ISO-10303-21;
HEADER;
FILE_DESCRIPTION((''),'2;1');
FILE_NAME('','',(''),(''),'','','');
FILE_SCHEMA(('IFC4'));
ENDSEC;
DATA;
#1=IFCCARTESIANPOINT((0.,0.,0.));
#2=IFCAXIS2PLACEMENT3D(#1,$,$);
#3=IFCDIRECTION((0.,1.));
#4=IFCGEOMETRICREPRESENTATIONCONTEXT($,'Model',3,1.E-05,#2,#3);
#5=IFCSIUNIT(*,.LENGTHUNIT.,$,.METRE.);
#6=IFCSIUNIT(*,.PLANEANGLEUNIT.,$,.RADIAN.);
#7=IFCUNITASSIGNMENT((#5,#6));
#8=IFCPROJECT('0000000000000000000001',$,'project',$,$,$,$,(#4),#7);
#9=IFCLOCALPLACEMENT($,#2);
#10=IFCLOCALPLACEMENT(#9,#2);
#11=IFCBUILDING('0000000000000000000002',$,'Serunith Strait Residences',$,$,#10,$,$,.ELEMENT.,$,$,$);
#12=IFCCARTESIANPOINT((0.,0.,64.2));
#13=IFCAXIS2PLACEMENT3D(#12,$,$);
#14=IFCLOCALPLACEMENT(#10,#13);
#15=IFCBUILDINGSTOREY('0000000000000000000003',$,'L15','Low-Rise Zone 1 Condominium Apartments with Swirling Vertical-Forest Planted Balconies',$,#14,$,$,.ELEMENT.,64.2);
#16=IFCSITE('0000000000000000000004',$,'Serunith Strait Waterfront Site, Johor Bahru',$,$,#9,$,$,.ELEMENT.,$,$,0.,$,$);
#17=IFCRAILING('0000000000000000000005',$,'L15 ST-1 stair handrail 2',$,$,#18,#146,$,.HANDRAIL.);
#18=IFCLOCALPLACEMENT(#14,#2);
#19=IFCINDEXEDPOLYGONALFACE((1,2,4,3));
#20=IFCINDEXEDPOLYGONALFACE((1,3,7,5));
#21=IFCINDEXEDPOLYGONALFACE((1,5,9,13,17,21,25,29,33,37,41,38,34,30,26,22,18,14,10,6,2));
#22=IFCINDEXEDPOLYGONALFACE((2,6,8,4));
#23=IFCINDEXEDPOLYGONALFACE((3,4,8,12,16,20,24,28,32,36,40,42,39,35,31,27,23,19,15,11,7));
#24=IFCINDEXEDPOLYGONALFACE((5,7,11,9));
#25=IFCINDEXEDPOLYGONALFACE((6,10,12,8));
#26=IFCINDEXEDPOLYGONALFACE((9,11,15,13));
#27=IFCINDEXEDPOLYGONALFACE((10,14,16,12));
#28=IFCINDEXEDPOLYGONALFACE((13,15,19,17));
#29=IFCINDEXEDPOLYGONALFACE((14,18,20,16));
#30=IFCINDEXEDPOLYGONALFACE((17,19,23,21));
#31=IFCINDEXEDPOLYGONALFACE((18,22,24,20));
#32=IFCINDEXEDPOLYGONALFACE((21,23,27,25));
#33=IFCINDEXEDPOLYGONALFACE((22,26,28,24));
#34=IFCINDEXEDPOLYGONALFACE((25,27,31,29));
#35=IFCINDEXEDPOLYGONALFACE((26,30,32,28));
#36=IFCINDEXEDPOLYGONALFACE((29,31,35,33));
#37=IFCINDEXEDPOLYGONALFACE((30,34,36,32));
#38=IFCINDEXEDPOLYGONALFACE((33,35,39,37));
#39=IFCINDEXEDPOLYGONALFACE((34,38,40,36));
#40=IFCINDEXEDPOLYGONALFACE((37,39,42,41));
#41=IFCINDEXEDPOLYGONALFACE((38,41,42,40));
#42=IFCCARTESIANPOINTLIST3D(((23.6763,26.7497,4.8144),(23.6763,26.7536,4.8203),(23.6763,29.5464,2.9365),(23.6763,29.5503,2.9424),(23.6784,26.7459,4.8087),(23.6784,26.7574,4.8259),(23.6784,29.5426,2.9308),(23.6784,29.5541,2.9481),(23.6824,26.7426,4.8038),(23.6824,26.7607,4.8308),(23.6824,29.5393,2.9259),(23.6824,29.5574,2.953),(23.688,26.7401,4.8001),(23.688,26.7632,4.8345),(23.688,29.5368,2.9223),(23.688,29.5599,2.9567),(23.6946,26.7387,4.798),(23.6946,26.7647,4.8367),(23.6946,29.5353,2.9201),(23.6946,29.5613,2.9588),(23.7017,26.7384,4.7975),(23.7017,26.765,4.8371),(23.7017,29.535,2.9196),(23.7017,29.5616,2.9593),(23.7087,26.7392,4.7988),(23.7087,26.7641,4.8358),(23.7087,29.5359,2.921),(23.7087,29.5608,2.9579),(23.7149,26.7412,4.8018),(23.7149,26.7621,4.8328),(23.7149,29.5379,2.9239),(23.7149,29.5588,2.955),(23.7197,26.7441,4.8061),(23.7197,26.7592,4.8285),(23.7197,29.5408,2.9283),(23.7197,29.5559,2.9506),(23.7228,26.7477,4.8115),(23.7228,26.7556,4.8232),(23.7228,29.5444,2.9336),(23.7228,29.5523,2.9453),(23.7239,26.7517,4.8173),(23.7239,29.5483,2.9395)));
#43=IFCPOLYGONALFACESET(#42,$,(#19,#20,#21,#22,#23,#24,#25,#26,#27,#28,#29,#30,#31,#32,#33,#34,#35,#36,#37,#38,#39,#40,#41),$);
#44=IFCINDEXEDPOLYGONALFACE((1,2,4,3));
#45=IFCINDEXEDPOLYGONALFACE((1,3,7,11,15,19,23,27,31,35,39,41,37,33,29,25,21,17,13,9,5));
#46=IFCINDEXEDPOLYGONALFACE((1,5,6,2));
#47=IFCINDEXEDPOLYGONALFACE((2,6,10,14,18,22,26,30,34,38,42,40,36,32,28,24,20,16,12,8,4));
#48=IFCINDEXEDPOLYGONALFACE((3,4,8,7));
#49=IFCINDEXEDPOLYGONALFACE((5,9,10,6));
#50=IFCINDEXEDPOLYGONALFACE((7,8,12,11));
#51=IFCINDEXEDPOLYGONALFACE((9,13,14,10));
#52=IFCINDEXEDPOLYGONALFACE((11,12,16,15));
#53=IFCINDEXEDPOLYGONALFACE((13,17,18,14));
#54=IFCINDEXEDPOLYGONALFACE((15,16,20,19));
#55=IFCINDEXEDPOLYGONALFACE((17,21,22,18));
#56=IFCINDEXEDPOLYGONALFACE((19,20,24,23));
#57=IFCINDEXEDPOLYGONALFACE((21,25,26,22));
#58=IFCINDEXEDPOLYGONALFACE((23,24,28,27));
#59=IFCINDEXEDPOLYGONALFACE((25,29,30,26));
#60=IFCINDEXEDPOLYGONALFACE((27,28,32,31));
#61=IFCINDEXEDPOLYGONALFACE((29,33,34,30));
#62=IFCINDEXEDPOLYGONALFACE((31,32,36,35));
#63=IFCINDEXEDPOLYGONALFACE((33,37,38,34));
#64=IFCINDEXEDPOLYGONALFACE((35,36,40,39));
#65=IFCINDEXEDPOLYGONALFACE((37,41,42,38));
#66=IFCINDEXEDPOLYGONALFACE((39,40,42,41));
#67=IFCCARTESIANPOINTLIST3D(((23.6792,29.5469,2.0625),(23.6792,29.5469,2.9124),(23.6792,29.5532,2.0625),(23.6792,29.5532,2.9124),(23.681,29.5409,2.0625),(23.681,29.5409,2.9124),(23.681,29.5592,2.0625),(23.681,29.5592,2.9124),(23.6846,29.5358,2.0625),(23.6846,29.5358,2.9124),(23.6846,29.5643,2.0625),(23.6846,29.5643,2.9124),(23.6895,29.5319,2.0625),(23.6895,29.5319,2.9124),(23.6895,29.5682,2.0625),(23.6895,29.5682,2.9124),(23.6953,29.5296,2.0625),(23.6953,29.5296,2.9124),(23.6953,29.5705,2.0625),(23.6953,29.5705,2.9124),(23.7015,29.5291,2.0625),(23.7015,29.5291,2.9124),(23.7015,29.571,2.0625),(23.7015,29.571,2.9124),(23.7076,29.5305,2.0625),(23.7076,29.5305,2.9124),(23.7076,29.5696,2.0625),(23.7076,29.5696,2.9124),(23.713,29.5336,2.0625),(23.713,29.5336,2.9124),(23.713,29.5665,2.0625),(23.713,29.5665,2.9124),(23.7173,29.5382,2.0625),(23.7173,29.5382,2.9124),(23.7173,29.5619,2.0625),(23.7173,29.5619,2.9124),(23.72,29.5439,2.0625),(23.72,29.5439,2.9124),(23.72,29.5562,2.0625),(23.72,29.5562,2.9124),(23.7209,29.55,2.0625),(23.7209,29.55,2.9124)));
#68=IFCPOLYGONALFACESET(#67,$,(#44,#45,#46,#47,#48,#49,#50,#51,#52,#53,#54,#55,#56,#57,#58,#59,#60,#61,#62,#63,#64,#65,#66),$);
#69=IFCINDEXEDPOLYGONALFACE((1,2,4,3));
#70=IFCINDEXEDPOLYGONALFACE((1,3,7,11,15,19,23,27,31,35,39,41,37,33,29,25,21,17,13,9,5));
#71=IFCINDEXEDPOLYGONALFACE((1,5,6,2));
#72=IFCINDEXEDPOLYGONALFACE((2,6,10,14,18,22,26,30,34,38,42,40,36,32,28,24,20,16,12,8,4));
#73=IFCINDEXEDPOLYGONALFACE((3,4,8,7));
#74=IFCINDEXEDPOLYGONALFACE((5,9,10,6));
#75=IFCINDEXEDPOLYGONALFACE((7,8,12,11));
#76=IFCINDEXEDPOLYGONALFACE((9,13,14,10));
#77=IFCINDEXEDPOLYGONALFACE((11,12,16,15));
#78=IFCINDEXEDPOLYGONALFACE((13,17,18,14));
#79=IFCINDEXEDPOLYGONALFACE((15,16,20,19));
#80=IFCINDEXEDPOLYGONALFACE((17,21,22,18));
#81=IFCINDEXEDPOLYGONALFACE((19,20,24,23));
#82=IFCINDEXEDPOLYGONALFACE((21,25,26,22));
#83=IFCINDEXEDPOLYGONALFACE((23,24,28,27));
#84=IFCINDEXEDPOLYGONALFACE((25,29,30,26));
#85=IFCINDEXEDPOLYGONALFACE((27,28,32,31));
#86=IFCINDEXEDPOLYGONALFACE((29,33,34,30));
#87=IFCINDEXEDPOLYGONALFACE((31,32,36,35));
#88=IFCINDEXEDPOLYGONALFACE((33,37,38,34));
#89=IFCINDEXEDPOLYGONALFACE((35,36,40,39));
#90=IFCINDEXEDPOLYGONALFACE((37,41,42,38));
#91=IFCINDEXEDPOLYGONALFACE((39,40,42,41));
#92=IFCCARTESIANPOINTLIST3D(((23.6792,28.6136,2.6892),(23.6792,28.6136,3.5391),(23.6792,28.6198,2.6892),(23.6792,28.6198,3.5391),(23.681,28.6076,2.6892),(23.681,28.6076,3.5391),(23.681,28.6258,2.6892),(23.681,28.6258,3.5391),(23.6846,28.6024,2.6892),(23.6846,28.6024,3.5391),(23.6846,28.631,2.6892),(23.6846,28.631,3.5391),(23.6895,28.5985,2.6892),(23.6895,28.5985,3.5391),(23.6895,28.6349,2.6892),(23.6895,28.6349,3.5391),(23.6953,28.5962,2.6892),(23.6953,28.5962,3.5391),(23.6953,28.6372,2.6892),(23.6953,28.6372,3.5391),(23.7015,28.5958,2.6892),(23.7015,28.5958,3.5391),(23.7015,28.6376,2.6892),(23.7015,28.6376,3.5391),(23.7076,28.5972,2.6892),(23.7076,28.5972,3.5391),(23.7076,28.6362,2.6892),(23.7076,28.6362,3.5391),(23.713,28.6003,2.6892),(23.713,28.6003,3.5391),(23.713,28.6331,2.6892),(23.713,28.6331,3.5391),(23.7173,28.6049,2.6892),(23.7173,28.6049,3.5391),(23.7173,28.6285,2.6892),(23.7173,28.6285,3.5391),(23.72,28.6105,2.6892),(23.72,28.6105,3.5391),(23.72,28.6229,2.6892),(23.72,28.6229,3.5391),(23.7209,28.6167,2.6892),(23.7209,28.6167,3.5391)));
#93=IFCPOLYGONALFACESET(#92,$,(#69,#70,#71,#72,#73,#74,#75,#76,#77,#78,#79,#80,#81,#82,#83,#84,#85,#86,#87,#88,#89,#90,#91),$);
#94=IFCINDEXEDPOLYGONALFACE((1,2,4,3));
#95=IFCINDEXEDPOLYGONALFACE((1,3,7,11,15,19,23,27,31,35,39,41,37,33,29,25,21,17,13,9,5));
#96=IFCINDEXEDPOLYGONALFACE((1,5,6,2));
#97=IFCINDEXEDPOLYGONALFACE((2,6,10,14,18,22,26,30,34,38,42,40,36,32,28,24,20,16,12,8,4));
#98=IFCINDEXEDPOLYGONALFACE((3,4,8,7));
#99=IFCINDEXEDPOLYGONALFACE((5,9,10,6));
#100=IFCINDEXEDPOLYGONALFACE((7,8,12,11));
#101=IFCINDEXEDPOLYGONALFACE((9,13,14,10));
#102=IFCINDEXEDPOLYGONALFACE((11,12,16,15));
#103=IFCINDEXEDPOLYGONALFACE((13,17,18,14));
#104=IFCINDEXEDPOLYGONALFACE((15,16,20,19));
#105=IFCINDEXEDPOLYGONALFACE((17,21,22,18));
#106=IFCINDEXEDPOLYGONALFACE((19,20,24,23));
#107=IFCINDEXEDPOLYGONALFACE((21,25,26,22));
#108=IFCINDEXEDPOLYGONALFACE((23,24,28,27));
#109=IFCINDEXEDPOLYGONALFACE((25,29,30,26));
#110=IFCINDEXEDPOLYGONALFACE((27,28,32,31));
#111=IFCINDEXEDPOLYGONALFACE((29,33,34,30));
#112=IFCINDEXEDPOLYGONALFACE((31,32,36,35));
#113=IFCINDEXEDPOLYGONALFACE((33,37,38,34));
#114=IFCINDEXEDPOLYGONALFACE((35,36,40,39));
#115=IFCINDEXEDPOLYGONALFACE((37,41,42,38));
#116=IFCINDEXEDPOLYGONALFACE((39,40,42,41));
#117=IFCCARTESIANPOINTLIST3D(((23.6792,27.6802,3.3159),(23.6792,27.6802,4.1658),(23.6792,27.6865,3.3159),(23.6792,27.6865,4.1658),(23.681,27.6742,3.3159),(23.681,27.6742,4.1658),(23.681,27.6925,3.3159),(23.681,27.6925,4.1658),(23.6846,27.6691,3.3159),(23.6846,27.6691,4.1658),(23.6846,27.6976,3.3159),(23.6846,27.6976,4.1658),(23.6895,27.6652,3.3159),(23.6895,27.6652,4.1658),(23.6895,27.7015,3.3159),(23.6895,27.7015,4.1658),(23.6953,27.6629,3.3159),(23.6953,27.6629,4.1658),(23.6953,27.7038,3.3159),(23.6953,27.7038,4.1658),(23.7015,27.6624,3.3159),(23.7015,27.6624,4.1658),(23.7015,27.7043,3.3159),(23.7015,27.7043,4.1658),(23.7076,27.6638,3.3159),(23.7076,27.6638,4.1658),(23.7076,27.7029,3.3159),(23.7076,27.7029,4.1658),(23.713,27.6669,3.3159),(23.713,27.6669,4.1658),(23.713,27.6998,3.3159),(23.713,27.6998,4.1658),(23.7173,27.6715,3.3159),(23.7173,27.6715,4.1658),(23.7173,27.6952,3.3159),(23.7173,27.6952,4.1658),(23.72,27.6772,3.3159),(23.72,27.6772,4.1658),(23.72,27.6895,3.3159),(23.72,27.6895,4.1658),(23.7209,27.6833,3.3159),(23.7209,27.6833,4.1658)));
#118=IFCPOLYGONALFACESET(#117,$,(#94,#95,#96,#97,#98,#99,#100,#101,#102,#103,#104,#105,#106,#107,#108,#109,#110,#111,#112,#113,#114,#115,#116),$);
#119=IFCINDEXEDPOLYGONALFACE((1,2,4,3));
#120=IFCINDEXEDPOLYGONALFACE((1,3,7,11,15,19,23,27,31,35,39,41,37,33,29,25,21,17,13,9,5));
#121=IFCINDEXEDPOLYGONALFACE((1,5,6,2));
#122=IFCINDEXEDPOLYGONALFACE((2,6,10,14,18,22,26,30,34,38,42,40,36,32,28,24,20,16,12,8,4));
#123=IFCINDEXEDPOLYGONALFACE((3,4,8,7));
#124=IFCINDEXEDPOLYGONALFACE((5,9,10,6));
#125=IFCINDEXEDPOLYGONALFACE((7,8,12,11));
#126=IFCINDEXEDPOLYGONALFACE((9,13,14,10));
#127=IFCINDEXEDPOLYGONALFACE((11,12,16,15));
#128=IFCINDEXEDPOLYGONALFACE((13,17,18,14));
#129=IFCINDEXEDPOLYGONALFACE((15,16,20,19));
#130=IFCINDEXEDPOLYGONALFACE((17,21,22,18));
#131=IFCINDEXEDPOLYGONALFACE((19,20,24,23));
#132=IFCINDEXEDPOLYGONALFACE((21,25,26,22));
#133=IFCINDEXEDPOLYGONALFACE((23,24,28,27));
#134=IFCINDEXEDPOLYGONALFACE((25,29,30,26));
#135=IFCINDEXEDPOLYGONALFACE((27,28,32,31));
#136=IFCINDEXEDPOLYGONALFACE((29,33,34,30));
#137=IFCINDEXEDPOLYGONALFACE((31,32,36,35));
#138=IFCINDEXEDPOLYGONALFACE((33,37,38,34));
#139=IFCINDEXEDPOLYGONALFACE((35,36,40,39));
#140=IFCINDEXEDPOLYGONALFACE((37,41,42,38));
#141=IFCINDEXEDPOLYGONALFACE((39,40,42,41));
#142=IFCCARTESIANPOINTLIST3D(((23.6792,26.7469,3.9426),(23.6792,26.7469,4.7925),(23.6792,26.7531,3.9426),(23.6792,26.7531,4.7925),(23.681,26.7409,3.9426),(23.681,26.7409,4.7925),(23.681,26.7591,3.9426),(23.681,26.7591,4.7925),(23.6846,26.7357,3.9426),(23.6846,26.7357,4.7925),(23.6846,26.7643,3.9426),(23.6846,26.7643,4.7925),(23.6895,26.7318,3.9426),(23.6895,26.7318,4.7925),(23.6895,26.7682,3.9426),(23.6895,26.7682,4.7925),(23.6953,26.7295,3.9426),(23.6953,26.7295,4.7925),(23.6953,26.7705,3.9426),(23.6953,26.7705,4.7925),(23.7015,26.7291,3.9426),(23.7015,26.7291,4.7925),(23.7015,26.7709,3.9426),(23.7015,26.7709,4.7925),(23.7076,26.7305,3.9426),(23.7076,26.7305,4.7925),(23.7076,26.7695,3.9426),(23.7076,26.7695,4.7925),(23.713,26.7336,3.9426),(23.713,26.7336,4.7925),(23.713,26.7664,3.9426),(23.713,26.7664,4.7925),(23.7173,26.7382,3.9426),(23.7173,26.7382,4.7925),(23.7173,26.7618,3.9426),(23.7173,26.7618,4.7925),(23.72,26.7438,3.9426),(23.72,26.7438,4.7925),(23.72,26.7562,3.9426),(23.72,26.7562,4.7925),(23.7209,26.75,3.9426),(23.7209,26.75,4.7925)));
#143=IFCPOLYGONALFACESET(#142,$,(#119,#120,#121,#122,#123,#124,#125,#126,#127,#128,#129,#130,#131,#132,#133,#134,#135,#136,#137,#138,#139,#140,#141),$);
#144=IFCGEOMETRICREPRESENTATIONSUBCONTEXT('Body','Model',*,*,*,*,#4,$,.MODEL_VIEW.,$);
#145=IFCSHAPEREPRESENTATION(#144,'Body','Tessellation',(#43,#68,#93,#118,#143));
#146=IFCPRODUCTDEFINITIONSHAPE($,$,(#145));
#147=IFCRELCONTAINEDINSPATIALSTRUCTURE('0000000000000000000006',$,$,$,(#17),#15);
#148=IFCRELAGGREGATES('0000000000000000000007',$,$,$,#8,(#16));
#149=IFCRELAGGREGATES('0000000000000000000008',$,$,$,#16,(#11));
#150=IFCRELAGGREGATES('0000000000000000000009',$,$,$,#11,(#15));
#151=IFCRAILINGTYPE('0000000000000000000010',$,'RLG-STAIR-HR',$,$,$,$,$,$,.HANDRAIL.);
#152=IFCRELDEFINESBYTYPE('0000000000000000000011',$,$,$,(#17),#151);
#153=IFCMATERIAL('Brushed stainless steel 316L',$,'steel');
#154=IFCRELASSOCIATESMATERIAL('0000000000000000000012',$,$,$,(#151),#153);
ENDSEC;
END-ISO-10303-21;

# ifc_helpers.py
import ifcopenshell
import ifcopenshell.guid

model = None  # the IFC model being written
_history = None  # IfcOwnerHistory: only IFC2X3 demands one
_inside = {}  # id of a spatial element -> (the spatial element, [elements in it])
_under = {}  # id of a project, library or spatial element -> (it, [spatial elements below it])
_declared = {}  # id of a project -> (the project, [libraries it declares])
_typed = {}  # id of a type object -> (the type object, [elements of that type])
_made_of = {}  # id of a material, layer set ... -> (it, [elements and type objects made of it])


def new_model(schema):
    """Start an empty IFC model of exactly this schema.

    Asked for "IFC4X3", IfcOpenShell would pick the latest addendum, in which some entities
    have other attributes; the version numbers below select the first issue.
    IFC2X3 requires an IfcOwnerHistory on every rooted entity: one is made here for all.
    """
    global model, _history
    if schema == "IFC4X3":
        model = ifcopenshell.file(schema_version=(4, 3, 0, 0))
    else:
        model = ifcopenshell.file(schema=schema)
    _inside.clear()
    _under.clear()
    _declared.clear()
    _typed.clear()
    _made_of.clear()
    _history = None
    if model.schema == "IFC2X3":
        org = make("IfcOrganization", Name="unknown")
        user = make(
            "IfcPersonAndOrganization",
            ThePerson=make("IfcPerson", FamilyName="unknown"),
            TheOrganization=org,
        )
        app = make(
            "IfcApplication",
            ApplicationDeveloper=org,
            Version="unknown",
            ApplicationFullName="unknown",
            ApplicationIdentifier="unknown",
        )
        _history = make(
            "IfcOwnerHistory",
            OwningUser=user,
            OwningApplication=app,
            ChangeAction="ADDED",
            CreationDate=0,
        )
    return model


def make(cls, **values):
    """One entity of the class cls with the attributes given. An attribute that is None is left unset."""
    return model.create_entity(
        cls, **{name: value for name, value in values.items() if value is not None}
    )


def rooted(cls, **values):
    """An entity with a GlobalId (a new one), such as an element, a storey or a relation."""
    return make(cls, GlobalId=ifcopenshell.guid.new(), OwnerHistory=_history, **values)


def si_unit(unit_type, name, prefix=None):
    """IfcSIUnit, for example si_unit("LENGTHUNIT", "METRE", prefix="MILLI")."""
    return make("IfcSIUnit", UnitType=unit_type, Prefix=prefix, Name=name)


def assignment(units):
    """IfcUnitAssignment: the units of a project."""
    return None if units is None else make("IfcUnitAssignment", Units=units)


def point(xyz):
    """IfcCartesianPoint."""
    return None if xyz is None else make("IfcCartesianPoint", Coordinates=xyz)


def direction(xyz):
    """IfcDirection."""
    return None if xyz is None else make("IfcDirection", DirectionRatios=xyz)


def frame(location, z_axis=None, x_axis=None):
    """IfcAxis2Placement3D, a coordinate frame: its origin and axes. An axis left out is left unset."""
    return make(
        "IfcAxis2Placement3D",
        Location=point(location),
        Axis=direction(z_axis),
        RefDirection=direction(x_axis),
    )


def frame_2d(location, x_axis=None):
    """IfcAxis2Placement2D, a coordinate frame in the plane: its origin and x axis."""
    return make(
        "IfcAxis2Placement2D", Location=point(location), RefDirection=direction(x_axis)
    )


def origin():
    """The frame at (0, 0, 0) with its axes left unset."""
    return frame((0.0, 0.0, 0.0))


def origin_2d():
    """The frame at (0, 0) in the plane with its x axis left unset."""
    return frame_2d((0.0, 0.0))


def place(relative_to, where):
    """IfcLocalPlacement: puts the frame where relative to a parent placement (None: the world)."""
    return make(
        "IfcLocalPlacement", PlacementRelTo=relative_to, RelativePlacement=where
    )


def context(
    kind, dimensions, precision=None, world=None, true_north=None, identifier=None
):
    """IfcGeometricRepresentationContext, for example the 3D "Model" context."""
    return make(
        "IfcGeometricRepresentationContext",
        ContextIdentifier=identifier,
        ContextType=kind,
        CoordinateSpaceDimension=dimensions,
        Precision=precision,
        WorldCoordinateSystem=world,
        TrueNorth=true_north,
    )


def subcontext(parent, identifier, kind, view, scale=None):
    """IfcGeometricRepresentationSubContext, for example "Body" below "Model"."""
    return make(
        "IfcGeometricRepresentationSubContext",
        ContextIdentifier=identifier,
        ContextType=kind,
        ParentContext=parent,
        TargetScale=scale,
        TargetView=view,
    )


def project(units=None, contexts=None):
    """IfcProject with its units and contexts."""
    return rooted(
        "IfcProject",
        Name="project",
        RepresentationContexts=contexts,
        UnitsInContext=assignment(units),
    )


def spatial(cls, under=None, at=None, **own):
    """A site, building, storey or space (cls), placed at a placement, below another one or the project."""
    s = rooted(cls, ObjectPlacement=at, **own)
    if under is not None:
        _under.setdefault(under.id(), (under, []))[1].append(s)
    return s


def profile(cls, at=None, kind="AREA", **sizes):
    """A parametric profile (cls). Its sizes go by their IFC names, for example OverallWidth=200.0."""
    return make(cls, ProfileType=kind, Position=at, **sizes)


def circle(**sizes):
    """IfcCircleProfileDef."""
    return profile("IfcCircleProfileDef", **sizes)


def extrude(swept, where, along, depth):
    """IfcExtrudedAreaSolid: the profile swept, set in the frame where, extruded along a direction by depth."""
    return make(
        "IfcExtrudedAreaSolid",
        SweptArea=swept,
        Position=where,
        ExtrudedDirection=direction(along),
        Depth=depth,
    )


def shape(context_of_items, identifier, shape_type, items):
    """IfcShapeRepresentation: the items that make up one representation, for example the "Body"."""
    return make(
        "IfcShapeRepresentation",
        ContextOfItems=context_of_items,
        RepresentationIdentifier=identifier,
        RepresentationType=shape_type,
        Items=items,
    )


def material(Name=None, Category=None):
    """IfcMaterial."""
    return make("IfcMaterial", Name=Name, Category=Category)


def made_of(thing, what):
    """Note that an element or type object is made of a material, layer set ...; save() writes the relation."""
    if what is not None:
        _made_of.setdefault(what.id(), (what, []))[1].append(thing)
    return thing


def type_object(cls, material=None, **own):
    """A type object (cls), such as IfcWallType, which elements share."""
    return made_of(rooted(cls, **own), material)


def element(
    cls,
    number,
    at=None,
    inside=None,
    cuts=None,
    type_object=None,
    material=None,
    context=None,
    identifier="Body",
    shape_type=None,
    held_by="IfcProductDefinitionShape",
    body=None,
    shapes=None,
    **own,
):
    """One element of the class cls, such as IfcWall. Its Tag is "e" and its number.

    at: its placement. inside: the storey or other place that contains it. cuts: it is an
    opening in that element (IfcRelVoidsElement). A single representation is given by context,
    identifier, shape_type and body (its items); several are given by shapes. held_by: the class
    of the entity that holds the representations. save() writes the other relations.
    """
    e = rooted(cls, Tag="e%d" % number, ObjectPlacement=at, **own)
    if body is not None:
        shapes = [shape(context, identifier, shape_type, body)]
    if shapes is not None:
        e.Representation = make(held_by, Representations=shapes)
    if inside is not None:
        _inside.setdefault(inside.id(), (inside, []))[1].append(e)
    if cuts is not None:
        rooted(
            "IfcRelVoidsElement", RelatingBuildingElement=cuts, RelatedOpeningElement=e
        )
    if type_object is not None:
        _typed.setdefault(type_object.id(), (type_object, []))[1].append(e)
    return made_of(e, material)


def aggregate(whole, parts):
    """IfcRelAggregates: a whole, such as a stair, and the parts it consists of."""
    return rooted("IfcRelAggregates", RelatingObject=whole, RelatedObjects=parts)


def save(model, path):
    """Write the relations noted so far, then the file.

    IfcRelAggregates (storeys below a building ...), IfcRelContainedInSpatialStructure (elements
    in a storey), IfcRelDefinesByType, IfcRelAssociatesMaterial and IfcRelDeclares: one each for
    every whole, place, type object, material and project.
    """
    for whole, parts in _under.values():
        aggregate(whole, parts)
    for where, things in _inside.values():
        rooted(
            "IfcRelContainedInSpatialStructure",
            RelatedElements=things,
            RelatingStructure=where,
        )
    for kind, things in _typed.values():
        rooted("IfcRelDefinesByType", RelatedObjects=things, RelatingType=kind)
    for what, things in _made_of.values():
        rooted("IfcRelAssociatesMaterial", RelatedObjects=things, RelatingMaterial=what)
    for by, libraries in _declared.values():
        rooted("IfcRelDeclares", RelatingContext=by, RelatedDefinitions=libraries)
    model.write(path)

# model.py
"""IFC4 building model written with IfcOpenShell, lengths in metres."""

from ifc_helpers import new_model, si_unit, direction, frame, origin, origin_2d, place, context, subcontext, project, spatial, circle, extrude, material, type_object, element, save


model = new_model("IFC4")

# Units and contexts
model_context = context("Model", 3, precision=1e-05, world=origin(), true_north=direction((0.0, 1.0)))
body_context = subcontext(model_context, "Body", "Model", "MODEL_VIEW")
ifc_project = project(units=[si_unit("LENGTHUNIT", "METRE"), si_unit("PLANEANGLEUNIT", "RADIAN")], contexts=[model_context])

# Site, building, storey
site_placement = place(None, origin())
site = spatial("IfcSite", under=ifc_project, at=site_placement, Name="Serunith Strait Waterfront Site, Johor Bahru", CompositionType="ELEMENT", RefElevation=0.0)
building_placement = place(site_placement, origin())
building = spatial("IfcBuilding", under=site, at=building_placement, Name="Serunith Strait Residences", CompositionType="ELEMENT")
storey_placement = place(building_placement, frame((0.0, 0.0, 64.2)))
storey = spatial("IfcBuildingStorey", under=building, at=storey_placement, Name="L15", Description="Low-Rise Zone 1 Condominium Apartments with Swirling Vertical-Forest Planted Balconies", CompositionType="ELEMENT", Elevation=64.2)

# Railing
ifc_material_1 = material(Name="Brushed stainless steel 316L", Category="steel")
railing_type_1 = type_object("IfcRailingType", Name="RLG-STAIR-HR", PredefinedType="HANDRAIL", material=ifc_material_1)
railing_1_placement = place(storey_placement, frame((23.7, 29.55, 2.0625)))
element("IfcRailing", 1, at=railing_1_placement, inside=storey, type_object=railing_type_1, Name="L15 ST-1 stair handrail 2", PredefinedType="HANDRAIL", context=body_context, shape_type="SweptSolid", body=[
    extrude(circle(Radius=0.0239, at=origin_2d()), frame((0.0, -0.0017, 0.877), z_axis=(0.0, -0.830208, 0.557453), x_axis=(1.0, 0.0, 0.0)), (0.0, 0.0, 1.0), 3.3687),
    extrude(circle(Radius=0.021, at=origin_2d()), origin(), (0.0, 0.0, 1.0), 0.8499),
    extrude(circle(Radius=0.021, at=origin_2d()), frame((0.0, -0.9333, 0.6267)), (0.0, 0.0, 1.0), 0.8499),
    extrude(circle(Radius=0.021, at=origin_2d()), frame((0.0, -1.8667, 1.2534)), (0.0, 0.0, 1.0), 0.8499),
    extrude(circle(Radius=0.021, at=origin_2d()), frame((0.0, -2.8, 1.8801)), (0.0, 0.0, 1.0), 0.8499),
])

save(model, "model.ifc")
